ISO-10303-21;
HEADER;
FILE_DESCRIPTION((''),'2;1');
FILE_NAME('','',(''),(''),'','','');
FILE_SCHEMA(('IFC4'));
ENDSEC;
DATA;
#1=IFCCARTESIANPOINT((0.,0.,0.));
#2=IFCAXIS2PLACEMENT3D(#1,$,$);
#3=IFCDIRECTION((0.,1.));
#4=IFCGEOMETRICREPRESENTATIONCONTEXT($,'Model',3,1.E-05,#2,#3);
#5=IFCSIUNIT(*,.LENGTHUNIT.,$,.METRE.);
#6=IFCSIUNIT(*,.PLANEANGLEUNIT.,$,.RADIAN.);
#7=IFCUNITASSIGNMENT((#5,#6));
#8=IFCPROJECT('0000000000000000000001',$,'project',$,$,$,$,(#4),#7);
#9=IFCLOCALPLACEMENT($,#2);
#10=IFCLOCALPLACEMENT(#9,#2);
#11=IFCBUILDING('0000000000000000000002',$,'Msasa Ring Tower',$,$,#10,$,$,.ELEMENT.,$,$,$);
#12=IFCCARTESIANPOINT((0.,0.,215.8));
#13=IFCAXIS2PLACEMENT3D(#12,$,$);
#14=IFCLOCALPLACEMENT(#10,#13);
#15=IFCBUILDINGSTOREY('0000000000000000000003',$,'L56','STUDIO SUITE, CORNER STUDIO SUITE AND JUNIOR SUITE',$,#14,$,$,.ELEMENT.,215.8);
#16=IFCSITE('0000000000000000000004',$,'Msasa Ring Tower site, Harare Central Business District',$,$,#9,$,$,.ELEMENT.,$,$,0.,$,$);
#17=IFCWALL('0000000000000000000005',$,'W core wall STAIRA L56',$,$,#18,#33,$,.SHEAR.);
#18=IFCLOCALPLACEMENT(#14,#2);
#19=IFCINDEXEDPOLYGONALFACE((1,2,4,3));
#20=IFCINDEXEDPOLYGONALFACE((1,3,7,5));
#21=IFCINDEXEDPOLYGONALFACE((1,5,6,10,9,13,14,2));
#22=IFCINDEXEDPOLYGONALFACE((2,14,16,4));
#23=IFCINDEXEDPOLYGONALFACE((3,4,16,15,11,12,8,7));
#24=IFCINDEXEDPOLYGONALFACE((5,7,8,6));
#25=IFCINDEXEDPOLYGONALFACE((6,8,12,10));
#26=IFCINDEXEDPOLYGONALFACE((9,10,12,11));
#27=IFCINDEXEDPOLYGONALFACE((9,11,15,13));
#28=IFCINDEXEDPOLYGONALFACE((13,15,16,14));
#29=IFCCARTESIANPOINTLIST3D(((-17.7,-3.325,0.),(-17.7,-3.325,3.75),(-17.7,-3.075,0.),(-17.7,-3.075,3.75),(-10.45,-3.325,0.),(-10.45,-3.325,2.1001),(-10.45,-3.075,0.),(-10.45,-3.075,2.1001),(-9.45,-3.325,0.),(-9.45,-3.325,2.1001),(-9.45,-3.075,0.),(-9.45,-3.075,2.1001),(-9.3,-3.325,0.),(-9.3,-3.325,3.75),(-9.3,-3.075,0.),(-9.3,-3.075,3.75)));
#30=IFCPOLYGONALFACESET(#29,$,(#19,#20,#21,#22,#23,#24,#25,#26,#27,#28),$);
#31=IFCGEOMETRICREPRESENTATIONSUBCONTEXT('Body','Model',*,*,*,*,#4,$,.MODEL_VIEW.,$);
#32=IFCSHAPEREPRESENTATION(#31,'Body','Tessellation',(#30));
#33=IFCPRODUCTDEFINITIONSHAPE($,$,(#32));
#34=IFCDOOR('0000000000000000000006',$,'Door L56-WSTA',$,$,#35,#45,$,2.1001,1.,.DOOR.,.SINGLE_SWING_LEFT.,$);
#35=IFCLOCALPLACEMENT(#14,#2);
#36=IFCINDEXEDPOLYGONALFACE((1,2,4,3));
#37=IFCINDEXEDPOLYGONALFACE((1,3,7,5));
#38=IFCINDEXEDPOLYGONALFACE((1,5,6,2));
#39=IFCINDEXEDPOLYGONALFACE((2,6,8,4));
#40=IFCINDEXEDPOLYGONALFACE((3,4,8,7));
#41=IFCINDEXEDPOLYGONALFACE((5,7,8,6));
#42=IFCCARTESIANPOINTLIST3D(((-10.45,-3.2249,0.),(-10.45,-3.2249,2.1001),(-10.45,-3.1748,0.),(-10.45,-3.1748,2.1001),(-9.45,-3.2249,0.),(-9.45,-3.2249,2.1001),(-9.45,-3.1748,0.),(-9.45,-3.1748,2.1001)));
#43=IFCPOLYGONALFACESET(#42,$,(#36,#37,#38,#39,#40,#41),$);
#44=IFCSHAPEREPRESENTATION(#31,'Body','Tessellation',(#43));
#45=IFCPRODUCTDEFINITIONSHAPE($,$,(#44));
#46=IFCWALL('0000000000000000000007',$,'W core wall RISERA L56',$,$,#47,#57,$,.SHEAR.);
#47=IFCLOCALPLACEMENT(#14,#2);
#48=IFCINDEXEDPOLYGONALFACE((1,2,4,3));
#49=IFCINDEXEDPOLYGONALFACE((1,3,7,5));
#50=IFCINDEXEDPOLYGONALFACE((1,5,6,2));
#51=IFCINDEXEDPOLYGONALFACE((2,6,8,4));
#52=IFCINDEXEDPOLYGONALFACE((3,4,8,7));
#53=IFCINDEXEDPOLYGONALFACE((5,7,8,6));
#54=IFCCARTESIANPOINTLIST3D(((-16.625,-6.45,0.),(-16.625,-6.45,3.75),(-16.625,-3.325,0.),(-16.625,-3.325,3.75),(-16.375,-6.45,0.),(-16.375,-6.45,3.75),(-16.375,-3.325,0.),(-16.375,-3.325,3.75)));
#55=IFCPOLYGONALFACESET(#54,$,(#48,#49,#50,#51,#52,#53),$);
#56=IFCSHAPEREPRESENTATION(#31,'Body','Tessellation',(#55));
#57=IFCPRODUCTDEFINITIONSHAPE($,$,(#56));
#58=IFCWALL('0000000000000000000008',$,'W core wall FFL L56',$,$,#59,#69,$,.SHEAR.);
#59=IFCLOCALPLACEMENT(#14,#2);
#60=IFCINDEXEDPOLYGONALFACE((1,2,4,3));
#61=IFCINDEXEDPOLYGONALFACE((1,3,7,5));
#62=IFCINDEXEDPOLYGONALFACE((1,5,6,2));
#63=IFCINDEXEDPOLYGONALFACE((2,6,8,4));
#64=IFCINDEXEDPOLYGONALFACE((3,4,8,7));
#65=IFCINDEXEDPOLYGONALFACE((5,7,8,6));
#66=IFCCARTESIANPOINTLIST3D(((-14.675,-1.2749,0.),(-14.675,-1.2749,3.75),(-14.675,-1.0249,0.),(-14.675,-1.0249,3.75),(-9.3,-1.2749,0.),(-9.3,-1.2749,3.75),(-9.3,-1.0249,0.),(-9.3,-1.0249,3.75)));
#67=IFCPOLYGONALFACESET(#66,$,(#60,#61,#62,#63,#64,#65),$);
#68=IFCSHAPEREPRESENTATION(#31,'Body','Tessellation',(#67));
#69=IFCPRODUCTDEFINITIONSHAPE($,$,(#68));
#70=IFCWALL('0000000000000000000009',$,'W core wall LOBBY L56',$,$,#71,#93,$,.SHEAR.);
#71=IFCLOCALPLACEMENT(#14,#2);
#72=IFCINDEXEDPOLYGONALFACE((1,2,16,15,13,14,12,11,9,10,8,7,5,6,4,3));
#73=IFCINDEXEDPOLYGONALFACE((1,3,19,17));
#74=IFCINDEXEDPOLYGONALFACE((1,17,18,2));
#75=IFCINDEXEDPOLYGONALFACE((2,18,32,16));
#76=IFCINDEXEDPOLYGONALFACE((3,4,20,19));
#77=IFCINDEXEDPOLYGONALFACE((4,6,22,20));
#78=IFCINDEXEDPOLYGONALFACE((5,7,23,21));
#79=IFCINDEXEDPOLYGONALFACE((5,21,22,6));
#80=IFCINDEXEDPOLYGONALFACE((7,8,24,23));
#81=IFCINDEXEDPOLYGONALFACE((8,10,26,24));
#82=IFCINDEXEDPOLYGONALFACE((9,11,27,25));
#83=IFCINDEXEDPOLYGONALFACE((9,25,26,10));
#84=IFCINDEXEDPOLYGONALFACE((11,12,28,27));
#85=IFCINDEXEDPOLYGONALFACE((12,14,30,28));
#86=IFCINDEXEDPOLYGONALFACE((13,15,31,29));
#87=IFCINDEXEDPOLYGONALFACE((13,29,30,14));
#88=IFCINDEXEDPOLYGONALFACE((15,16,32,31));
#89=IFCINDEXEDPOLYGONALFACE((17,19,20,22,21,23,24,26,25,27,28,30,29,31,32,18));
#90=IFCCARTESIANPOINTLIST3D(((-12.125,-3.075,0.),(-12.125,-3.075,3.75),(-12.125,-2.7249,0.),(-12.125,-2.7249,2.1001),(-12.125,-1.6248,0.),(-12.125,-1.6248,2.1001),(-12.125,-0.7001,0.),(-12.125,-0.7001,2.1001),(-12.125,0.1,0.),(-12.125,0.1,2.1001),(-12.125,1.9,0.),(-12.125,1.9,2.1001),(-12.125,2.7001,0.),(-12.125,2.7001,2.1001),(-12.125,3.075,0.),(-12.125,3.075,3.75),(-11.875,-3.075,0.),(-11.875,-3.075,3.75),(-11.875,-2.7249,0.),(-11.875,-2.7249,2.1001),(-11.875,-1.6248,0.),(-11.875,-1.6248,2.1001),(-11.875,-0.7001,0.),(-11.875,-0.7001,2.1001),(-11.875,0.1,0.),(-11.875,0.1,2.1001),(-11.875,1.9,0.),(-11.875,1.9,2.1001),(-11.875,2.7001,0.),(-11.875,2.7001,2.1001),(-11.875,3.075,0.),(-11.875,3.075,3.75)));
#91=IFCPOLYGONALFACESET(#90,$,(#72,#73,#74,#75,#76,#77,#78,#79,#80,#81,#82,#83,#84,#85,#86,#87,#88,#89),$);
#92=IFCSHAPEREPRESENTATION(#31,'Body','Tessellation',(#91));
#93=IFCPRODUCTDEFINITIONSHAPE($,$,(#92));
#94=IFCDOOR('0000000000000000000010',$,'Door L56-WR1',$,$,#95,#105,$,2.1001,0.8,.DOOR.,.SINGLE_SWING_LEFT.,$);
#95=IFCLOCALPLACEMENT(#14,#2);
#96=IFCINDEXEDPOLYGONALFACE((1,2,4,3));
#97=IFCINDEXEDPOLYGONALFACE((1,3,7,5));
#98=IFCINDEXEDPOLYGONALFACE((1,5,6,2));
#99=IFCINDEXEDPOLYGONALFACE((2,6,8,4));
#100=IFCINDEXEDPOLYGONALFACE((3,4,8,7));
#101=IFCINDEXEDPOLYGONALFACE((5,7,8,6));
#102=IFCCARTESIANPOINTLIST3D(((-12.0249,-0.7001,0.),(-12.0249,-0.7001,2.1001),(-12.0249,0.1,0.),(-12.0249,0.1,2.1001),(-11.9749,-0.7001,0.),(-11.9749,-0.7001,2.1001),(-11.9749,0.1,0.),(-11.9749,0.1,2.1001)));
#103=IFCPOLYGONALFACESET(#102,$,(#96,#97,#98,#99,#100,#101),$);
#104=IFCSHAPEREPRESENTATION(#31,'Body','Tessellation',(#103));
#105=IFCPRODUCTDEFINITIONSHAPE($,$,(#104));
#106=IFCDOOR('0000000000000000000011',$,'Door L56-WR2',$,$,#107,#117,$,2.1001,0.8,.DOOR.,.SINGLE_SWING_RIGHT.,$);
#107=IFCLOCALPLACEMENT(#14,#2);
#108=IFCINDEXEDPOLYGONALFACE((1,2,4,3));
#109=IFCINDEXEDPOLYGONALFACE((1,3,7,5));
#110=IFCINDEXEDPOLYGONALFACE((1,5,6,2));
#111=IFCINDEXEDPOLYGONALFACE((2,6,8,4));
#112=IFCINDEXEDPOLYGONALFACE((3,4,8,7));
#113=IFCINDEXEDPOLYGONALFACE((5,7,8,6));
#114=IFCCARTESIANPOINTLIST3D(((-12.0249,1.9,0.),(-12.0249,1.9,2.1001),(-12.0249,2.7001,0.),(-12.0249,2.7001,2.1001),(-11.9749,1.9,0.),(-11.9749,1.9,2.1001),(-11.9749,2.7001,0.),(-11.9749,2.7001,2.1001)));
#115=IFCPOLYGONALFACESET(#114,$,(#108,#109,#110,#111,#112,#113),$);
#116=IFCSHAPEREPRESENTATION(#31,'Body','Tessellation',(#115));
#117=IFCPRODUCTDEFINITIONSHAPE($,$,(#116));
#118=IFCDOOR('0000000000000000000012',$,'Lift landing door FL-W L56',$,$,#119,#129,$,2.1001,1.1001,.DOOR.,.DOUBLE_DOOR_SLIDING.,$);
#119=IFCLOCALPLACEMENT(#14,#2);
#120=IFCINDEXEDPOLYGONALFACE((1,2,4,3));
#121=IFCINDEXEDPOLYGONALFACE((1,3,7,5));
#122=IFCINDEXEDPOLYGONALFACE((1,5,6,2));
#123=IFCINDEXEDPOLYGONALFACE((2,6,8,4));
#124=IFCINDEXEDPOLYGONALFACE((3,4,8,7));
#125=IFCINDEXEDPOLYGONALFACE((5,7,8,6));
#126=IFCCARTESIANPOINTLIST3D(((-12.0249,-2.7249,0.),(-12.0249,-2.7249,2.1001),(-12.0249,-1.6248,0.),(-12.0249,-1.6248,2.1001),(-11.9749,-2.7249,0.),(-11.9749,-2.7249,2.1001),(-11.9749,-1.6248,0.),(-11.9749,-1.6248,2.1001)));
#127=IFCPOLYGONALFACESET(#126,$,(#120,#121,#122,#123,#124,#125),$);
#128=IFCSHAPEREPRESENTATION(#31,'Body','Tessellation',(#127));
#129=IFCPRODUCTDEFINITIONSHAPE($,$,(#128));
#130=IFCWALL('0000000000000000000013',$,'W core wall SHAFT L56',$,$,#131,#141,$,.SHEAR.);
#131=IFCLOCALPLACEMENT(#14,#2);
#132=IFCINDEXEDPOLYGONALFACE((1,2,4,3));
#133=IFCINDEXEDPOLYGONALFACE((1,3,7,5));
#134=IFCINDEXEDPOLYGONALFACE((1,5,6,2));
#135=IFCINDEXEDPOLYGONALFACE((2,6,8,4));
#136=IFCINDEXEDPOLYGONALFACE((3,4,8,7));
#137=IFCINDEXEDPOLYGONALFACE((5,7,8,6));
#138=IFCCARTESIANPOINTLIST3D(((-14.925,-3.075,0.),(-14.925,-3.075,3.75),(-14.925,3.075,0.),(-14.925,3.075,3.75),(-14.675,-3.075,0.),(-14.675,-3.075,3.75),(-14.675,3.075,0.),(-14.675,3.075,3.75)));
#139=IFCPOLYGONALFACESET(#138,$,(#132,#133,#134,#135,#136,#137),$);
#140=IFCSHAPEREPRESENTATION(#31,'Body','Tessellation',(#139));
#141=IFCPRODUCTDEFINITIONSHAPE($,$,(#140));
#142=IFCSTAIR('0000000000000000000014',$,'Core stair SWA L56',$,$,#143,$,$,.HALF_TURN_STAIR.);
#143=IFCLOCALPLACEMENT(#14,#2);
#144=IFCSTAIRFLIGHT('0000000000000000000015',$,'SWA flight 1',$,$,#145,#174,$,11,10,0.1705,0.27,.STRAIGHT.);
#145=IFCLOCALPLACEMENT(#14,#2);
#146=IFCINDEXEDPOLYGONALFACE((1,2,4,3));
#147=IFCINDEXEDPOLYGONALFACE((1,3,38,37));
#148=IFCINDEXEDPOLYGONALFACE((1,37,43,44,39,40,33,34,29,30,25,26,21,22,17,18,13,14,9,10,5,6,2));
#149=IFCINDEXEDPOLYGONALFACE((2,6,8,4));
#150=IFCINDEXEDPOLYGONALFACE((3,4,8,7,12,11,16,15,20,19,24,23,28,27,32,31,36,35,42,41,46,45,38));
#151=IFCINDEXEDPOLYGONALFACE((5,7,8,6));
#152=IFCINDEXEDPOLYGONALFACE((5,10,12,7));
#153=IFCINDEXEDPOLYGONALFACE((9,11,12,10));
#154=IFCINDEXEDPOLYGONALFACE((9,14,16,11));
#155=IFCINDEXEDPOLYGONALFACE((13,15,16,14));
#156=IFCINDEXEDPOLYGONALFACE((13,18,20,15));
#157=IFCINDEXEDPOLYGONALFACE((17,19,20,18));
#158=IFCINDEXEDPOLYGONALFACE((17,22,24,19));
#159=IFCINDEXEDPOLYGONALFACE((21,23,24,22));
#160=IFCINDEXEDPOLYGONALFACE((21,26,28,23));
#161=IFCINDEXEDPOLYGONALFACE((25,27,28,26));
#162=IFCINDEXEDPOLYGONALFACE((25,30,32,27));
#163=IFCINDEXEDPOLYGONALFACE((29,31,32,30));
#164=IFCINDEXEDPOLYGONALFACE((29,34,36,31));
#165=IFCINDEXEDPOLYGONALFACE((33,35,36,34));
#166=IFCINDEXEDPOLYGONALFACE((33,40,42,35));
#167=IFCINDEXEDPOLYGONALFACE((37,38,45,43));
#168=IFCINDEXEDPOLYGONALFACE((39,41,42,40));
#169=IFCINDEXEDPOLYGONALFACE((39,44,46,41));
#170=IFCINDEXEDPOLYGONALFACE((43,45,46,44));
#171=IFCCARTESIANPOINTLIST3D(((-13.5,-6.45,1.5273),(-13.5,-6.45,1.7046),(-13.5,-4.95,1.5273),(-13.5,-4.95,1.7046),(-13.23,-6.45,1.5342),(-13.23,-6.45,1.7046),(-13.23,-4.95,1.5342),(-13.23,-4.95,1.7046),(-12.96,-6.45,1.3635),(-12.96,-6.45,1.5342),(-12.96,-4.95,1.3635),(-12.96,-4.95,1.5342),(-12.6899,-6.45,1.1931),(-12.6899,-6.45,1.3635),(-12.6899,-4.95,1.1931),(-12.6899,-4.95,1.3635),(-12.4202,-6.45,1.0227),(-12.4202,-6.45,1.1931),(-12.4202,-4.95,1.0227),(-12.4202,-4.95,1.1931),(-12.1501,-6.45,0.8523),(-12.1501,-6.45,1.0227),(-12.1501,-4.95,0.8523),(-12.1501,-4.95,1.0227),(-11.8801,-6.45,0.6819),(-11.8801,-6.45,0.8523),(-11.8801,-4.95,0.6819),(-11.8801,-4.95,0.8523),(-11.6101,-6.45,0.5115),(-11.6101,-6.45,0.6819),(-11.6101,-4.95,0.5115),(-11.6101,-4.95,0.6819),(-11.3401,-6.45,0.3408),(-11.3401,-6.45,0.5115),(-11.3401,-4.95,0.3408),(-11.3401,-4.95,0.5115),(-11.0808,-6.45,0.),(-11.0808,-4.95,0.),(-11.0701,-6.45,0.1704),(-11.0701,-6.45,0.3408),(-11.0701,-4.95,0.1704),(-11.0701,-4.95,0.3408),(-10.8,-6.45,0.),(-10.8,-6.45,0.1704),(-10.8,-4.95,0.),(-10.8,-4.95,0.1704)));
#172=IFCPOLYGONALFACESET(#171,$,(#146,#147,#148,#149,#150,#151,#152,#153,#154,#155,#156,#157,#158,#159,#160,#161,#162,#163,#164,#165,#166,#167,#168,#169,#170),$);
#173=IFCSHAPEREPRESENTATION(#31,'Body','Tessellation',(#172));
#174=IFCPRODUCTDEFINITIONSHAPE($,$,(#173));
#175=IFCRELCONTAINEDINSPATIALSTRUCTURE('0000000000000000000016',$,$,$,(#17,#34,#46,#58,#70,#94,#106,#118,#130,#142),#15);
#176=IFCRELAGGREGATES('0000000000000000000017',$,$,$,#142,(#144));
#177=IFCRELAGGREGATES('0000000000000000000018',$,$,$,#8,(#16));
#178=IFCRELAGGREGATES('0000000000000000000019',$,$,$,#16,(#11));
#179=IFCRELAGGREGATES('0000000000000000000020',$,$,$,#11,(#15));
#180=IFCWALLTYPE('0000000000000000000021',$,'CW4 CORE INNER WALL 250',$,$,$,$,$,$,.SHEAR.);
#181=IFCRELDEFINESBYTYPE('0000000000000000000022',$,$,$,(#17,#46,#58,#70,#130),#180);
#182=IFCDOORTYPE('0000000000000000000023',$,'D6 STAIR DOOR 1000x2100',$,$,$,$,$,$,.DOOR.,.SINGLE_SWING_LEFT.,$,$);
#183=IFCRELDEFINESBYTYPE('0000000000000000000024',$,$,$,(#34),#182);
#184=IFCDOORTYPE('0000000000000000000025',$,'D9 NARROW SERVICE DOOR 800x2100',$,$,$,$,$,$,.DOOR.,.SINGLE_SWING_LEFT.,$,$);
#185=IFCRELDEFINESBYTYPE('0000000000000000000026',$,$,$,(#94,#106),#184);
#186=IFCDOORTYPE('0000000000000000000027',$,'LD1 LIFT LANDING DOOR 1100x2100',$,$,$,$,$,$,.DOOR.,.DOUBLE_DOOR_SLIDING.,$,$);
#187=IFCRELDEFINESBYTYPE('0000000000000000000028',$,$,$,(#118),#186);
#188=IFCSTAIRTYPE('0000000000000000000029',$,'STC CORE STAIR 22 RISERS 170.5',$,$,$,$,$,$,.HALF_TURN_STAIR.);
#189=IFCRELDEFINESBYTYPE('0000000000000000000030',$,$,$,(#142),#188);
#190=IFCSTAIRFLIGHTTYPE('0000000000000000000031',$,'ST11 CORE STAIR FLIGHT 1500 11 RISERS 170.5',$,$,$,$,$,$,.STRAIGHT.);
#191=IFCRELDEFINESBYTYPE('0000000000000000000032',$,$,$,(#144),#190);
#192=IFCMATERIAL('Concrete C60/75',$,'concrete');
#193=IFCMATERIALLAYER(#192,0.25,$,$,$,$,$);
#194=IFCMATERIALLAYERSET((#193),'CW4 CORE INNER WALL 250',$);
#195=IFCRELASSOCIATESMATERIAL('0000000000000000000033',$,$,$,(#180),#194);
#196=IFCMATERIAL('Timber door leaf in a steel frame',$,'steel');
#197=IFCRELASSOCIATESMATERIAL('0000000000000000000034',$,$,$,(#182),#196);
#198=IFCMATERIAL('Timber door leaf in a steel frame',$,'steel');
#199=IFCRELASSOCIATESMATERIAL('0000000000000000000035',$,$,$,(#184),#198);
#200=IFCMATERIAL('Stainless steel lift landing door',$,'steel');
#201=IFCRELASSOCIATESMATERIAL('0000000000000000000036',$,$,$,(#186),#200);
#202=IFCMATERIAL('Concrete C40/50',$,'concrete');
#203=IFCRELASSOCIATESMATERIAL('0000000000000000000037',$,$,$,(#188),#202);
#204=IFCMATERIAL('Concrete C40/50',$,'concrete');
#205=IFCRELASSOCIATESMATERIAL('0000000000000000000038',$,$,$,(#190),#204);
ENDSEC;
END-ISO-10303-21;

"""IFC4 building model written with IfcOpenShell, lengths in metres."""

from ifc_helpers import new_model, si_unit, direction, frame, frame_2d, origin, place, context, subcontext, project, spatial, polyline, rectangle, outline, extrude, material, layer, layer_set, type_object, element, fill, aggregate, save


model = new_model("IFC4")

# Units and contexts
model_context = context("Model", 3, precision=1e-05, world=origin(), true_north=direction((0.0, 1.0)))
body_context = subcontext(model_context, "Body", "Model", "MODEL_VIEW")
ifc_project = project(units=[si_unit("LENGTHUNIT", "METRE"), si_unit("PLANEANGLEUNIT", "RADIAN")], contexts=[model_context])

# Site, building, storey
site_placement = place(None, origin())
site = spatial("IfcSite", under=ifc_project, at=site_placement, Name="Msasa Ring Tower site, Harare Central Business District", CompositionType="ELEMENT", RefElevation=0.0)
building_placement = place(site_placement, origin())
building = spatial("IfcBuilding", under=site, at=building_placement, Name="Msasa Ring Tower", CompositionType="ELEMENT")
storey_placement = place(building_placement, frame((0.0, 0.0, 215.8)))
storey = spatial("IfcBuildingStorey", under=building, at=storey_placement, Name="L56", Description="STUDIO SUITE, CORNER STUDIO SUITE AND JUNIOR SUITE", CompositionType="ELEMENT", Elevation=215.8)

# Wall, opening, door
ifc_material_1 = material(Name="Concrete C60/75", Category="concrete")
ifc_layer = layer(ifc_material_1, 0.25)
ifc_layer_set = layer_set([ifc_layer], Name="CW4 CORE INNER WALL 250")
wall_type = type_object("IfcWallType", Name="CW4 CORE INNER WALL 250", PredefinedType="SHEAR", material=ifc_layer_set)
wall_1_placement = place(storey_placement, frame((-9.3, -3.2, 0.0), z_axis=(0.0, 0.0, 1.0), x_axis=(-1.0, 0.0, 0.0)))
wall_1 = element("IfcWall", 1, at=wall_1_placement, inside=storey, type_object=wall_type, Name="W core wall STAIRA L56", PredefinedType="SHEAR", context=body_context, shape_type="SweptSolid", body=[
    extrude(rectangle(XDim=8.3999, YDim=0.25, at=frame_2d((4.2, 0.0))), origin(), (0.0, 0.0, 1.0), 3.75),
])
opening_1_placement = place(wall_1_placement, frame((0.1499, 0.0, 0.0)))
opening_1 = element("IfcOpeningElement", 2, at=opening_1_placement, cuts=wall_1, PredefinedType="OPENING", context=body_context, shape_type="SweptSolid", body=[
    extrude(rectangle(XDim=1.0, YDim=2.1001, at=frame_2d((0.5, 1.05))), frame((0.0, 0.135, 0.0), z_axis=(0.0, -1.0, 0.0), x_axis=(1.0, 0.0, 0.0)), (0.0, 0.0, 1.0), 0.27),
])
ifc_material_2 = material(Name="Timber door leaf in a steel frame", Category="steel")
door_type_1 = type_object("IfcDoorType", Name="D6 STAIR DOOR 1000x2100", OperationType="SINGLE_SWING_LEFT", PredefinedType="DOOR", material=ifc_material_2)
door_1_placement = place(opening_1_placement, origin())
door_1 = element("IfcDoor", 3, at=door_1_placement, inside=storey, type_object=door_type_1, Name="Door L56-WSTA", OperationType="SINGLE_SWING_LEFT", OverallHeight=2.1001, OverallWidth=1.0, PredefinedType="DOOR", context=body_context, shape_type="SweptSolid", body=[
    extrude(rectangle(XDim=1.0, YDim=2.1001, at=frame_2d((0.5, 1.05))), frame((0.0, 0.0249, 0.0), z_axis=(0.0, -1.0, 0.0), x_axis=(1.0, 0.0, 0.0)), (0.0, 0.0, 1.0), 0.05),
])
fill(opening_1, door_1)

# Walls
wall_2_placement = place(storey_placement, frame((-16.5, -6.45, 0.0), z_axis=(0.0, 0.0, 1.0), x_axis=(0.0, 1.0, 0.0)))
element("IfcWall", 4, at=wall_2_placement, inside=storey, type_object=wall_type, Name="W core wall RISERA L56", PredefinedType="SHEAR", context=body_context, shape_type="SweptSolid", body=[
    extrude(rectangle(XDim=3.125, YDim=0.25, at=frame_2d((1.5625, 0.0))), origin(), (0.0, 0.0, 1.0), 3.75),
])
wall_3_placement = place(storey_placement, frame((-9.3, -1.1499, 0.0), z_axis=(0.0, 0.0, 1.0), x_axis=(-1.0, 0.0, 0.0)))
element("IfcWall", 5, at=wall_3_placement, inside=storey, type_object=wall_type, Name="W core wall FFL L56", PredefinedType="SHEAR", context=body_context, shape_type="SweptSolid", body=[
    extrude(rectangle(XDim=5.375, YDim=0.25, at=frame_2d((2.6875, 0.0))), origin(), (0.0, 0.0, 1.0), 3.75),
])

# Wall, openings, doors
wall_4_placement = place(storey_placement, frame((-12.0, -3.075, 0.0), z_axis=(0.0, 0.0, 1.0), x_axis=(0.0, 1.0, 0.0)))
wall_4 = element("IfcWall", 6, at=wall_4_placement, inside=storey, type_object=wall_type, Name="W core wall LOBBY L56", PredefinedType="SHEAR", context=body_context, shape_type="SweptSolid", body=[
    extrude(rectangle(XDim=6.1499, YDim=0.25, at=frame_2d((3.075, 0.0))), origin(), (0.0, 0.0, 1.0), 3.75),
])
opening_2_placement = place(wall_4_placement, frame((2.375, 0.0, 0.0)))
opening_2 = element("IfcOpeningElement", 7, at=opening_2_placement, cuts=wall_4, PredefinedType="OPENING", context=body_context, shape_type="SweptSolid", body=[
    extrude(rectangle(XDim=0.8, YDim=2.1001, at=frame_2d((0.3999, 1.05))), frame((0.0, 0.135, 0.0), z_axis=(0.0, -1.0, 0.0), x_axis=(1.0, 0.0, 0.0)), (0.0, 0.0, 1.0), 0.27),
])
opening_3_placement = place(wall_4_placement, frame((4.9751, 0.0, 0.0)))
opening_3 = element("IfcOpeningElement", 8, at=opening_3_placement, cuts=wall_4, PredefinedType="OPENING", context=body_context, shape_type="SweptSolid", body=[
    extrude(rectangle(XDim=0.8, YDim=2.1001, at=frame_2d((0.3999, 1.05))), frame((0.0, 0.135, 0.0), z_axis=(0.0, -1.0, 0.0), x_axis=(1.0, 0.0, 0.0)), (0.0, 0.0, 1.0), 0.27),
])
opening_4_placement = place(wall_4_placement, frame((0.3501, 0.0, 0.0)))
opening_4 = element("IfcOpeningElement", 9, at=opening_4_placement, cuts=wall_4, PredefinedType="OPENING", context=body_context, shape_type="SweptSolid", body=[
    extrude(rectangle(XDim=1.1001, YDim=2.1001, at=frame_2d((0.55, 1.05))), frame((0.0, 0.135, 0.0), z_axis=(0.0, -1.0, 0.0), x_axis=(1.0, 0.0, 0.0)), (0.0, 0.0, 1.0), 0.27),
])
ifc_material_3 = material(Name="Timber door leaf in a steel frame", Category="steel")
door_type_2 = type_object("IfcDoorType", Name="D9 NARROW SERVICE DOOR 800x2100", OperationType="SINGLE_SWING_LEFT", PredefinedType="DOOR", material=ifc_material_3)
door_2_placement = place(opening_2_placement, origin())
door_2 = element("IfcDoor", 10, at=door_2_placement, inside=storey, type_object=door_type_2, Name="Door L56-WR1", OperationType="SINGLE_SWING_LEFT", OverallHeight=2.1001, OverallWidth=0.8, PredefinedType="DOOR", context=body_context, shape_type="SweptSolid", body=[
    extrude(rectangle(XDim=0.8, YDim=2.1001, at=frame_2d((0.3999, 1.05))), frame((0.0, 0.0249, 0.0), z_axis=(0.0, -1.0, 0.0), x_axis=(1.0, 0.0, 0.0)), (0.0, 0.0, 1.0), 0.05),
])
fill(opening_2, door_2)
door_3_placement = place(opening_3_placement, origin())
door_3 = element("IfcDoor", 11, at=door_3_placement, inside=storey, type_object=door_type_2, Name="Door L56-WR2", OperationType="SINGLE_SWING_RIGHT", OverallHeight=2.1001, OverallWidth=0.8, PredefinedType="DOOR", context=body_context, shape_type="SweptSolid", body=[
    extrude(rectangle(XDim=0.8, YDim=2.1001, at=frame_2d((0.3999, 1.05))), frame((0.0, 0.0249, 0.0), z_axis=(0.0, -1.0, 0.0), x_axis=(1.0, 0.0, 0.0)), (0.0, 0.0, 1.0), 0.05),
])
fill(opening_3, door_3)
ifc_material_4 = material(Name="Stainless steel lift landing door", Category="steel")
door_type_3 = type_object("IfcDoorType", Name="LD1 LIFT LANDING DOOR 1100x2100", OperationType="DOUBLE_DOOR_SLIDING", PredefinedType="DOOR", material=ifc_material_4)
door_4_placement = place(opening_4_placement, origin())
door_4 = element("IfcDoor", 12, at=door_4_placement, inside=storey, type_object=door_type_3, Name="Lift landing door FL-W L56", OperationType="DOUBLE_DOOR_SLIDING", OverallHeight=2.1001, OverallWidth=1.1001, PredefinedType="DOOR", context=body_context, shape_type="SweptSolid", body=[
    extrude(rectangle(XDim=1.1001, YDim=2.1001, at=frame_2d((0.55, 1.05))), frame((0.0, 0.0249, 0.0), z_axis=(0.0, -1.0, 0.0), x_axis=(1.0, 0.0, 0.0)), (0.0, 0.0, 1.0), 0.05),
])
fill(opening_4, door_4)

# Wall
wall_5_placement = place(storey_placement, frame((-14.8, -3.075, 0.0), z_axis=(0.0, 0.0, 1.0), x_axis=(0.0, 1.0, 0.0)))
element("IfcWall", 13, at=wall_5_placement, inside=storey, type_object=wall_type, Name="W core wall SHAFT L56", PredefinedType="SHEAR", context=body_context, shape_type="SweptSolid", body=[
    extrude(rectangle(XDim=6.1499, YDim=0.25, at=frame_2d((3.075, 0.0))), origin(), (0.0, 0.0, 1.0), 3.75),
])

# Stair, stair flight
ifc_material_5 = material(Name="Concrete C40/50", Category="concrete")
stair_type = type_object("IfcStairType", Name="STC CORE STAIR 22 RISERS 170.5", PredefinedType="HALF_TURN_STAIR", material=ifc_material_5)
stair_placement = place(storey_placement, origin())
stair = element("IfcStair", 14, at=stair_placement, inside=storey, type_object=stair_type, Name="Core stair SWA L56", PredefinedType="HALF_TURN_STAIR")
ifc_material_6 = material(Name="Concrete C40/50", Category="concrete")
stair_flight_type = type_object("IfcStairFlightType", Name="ST11 CORE STAIR FLIGHT 1500 11 RISERS 170.5", PredefinedType="STRAIGHT", material=ifc_material_6)
stair_flight_1_placement = place(storey_placement, frame((-10.8, -5.7, 0.0), z_axis=(0.0, 0.0, 1.0), x_axis=(-1.0, 0.0, 0.0)))
stair_flight_1 = element("IfcStairFlight", 15, at=stair_flight_1_placement, type_object=stair_flight_type, Name="SWA flight 1", NumberOfRisers=11, NumberOfTreads=10, PredefinedType="STRAIGHT", RiserHeight=0.1705, TreadLength=0.27, context=body_context, shape_type="SweptSolid", body=[
    extrude(outline(polyline([(0.0, 0.0), (0.0, 0.1704), (0.27, 0.1704), (0.27, 0.3408), (0.54, 0.3408), (0.54, 0.5115), (0.8101, 0.5115), (0.8101, 0.6819), (1.0801, 0.6819), (1.0801, 0.8523), (1.3501, 0.8523), (1.3501, 1.0227), (1.6201, 1.0227), (1.6201, 1.1931), (1.8899, 1.1931), (1.8899, 1.3635), (2.1599, 1.3635), (2.1599, 1.5342), (2.4299, 1.5342), (2.4299, 1.7046), (2.7, 1.7046), (2.7, 1.875), (2.7, 1.5273), (0.2808, 0.0), (0.0, 0.0)])), frame((0.0, 0.75, 0.0), z_axis=(0.0, -1.0, 0.0), x_axis=(1.0, 0.0, 0.0)), (0.0, 0.0, 1.0), 1.5),
])
aggregate(stair, [stair_flight_1])

save(model, "model.ifc")
